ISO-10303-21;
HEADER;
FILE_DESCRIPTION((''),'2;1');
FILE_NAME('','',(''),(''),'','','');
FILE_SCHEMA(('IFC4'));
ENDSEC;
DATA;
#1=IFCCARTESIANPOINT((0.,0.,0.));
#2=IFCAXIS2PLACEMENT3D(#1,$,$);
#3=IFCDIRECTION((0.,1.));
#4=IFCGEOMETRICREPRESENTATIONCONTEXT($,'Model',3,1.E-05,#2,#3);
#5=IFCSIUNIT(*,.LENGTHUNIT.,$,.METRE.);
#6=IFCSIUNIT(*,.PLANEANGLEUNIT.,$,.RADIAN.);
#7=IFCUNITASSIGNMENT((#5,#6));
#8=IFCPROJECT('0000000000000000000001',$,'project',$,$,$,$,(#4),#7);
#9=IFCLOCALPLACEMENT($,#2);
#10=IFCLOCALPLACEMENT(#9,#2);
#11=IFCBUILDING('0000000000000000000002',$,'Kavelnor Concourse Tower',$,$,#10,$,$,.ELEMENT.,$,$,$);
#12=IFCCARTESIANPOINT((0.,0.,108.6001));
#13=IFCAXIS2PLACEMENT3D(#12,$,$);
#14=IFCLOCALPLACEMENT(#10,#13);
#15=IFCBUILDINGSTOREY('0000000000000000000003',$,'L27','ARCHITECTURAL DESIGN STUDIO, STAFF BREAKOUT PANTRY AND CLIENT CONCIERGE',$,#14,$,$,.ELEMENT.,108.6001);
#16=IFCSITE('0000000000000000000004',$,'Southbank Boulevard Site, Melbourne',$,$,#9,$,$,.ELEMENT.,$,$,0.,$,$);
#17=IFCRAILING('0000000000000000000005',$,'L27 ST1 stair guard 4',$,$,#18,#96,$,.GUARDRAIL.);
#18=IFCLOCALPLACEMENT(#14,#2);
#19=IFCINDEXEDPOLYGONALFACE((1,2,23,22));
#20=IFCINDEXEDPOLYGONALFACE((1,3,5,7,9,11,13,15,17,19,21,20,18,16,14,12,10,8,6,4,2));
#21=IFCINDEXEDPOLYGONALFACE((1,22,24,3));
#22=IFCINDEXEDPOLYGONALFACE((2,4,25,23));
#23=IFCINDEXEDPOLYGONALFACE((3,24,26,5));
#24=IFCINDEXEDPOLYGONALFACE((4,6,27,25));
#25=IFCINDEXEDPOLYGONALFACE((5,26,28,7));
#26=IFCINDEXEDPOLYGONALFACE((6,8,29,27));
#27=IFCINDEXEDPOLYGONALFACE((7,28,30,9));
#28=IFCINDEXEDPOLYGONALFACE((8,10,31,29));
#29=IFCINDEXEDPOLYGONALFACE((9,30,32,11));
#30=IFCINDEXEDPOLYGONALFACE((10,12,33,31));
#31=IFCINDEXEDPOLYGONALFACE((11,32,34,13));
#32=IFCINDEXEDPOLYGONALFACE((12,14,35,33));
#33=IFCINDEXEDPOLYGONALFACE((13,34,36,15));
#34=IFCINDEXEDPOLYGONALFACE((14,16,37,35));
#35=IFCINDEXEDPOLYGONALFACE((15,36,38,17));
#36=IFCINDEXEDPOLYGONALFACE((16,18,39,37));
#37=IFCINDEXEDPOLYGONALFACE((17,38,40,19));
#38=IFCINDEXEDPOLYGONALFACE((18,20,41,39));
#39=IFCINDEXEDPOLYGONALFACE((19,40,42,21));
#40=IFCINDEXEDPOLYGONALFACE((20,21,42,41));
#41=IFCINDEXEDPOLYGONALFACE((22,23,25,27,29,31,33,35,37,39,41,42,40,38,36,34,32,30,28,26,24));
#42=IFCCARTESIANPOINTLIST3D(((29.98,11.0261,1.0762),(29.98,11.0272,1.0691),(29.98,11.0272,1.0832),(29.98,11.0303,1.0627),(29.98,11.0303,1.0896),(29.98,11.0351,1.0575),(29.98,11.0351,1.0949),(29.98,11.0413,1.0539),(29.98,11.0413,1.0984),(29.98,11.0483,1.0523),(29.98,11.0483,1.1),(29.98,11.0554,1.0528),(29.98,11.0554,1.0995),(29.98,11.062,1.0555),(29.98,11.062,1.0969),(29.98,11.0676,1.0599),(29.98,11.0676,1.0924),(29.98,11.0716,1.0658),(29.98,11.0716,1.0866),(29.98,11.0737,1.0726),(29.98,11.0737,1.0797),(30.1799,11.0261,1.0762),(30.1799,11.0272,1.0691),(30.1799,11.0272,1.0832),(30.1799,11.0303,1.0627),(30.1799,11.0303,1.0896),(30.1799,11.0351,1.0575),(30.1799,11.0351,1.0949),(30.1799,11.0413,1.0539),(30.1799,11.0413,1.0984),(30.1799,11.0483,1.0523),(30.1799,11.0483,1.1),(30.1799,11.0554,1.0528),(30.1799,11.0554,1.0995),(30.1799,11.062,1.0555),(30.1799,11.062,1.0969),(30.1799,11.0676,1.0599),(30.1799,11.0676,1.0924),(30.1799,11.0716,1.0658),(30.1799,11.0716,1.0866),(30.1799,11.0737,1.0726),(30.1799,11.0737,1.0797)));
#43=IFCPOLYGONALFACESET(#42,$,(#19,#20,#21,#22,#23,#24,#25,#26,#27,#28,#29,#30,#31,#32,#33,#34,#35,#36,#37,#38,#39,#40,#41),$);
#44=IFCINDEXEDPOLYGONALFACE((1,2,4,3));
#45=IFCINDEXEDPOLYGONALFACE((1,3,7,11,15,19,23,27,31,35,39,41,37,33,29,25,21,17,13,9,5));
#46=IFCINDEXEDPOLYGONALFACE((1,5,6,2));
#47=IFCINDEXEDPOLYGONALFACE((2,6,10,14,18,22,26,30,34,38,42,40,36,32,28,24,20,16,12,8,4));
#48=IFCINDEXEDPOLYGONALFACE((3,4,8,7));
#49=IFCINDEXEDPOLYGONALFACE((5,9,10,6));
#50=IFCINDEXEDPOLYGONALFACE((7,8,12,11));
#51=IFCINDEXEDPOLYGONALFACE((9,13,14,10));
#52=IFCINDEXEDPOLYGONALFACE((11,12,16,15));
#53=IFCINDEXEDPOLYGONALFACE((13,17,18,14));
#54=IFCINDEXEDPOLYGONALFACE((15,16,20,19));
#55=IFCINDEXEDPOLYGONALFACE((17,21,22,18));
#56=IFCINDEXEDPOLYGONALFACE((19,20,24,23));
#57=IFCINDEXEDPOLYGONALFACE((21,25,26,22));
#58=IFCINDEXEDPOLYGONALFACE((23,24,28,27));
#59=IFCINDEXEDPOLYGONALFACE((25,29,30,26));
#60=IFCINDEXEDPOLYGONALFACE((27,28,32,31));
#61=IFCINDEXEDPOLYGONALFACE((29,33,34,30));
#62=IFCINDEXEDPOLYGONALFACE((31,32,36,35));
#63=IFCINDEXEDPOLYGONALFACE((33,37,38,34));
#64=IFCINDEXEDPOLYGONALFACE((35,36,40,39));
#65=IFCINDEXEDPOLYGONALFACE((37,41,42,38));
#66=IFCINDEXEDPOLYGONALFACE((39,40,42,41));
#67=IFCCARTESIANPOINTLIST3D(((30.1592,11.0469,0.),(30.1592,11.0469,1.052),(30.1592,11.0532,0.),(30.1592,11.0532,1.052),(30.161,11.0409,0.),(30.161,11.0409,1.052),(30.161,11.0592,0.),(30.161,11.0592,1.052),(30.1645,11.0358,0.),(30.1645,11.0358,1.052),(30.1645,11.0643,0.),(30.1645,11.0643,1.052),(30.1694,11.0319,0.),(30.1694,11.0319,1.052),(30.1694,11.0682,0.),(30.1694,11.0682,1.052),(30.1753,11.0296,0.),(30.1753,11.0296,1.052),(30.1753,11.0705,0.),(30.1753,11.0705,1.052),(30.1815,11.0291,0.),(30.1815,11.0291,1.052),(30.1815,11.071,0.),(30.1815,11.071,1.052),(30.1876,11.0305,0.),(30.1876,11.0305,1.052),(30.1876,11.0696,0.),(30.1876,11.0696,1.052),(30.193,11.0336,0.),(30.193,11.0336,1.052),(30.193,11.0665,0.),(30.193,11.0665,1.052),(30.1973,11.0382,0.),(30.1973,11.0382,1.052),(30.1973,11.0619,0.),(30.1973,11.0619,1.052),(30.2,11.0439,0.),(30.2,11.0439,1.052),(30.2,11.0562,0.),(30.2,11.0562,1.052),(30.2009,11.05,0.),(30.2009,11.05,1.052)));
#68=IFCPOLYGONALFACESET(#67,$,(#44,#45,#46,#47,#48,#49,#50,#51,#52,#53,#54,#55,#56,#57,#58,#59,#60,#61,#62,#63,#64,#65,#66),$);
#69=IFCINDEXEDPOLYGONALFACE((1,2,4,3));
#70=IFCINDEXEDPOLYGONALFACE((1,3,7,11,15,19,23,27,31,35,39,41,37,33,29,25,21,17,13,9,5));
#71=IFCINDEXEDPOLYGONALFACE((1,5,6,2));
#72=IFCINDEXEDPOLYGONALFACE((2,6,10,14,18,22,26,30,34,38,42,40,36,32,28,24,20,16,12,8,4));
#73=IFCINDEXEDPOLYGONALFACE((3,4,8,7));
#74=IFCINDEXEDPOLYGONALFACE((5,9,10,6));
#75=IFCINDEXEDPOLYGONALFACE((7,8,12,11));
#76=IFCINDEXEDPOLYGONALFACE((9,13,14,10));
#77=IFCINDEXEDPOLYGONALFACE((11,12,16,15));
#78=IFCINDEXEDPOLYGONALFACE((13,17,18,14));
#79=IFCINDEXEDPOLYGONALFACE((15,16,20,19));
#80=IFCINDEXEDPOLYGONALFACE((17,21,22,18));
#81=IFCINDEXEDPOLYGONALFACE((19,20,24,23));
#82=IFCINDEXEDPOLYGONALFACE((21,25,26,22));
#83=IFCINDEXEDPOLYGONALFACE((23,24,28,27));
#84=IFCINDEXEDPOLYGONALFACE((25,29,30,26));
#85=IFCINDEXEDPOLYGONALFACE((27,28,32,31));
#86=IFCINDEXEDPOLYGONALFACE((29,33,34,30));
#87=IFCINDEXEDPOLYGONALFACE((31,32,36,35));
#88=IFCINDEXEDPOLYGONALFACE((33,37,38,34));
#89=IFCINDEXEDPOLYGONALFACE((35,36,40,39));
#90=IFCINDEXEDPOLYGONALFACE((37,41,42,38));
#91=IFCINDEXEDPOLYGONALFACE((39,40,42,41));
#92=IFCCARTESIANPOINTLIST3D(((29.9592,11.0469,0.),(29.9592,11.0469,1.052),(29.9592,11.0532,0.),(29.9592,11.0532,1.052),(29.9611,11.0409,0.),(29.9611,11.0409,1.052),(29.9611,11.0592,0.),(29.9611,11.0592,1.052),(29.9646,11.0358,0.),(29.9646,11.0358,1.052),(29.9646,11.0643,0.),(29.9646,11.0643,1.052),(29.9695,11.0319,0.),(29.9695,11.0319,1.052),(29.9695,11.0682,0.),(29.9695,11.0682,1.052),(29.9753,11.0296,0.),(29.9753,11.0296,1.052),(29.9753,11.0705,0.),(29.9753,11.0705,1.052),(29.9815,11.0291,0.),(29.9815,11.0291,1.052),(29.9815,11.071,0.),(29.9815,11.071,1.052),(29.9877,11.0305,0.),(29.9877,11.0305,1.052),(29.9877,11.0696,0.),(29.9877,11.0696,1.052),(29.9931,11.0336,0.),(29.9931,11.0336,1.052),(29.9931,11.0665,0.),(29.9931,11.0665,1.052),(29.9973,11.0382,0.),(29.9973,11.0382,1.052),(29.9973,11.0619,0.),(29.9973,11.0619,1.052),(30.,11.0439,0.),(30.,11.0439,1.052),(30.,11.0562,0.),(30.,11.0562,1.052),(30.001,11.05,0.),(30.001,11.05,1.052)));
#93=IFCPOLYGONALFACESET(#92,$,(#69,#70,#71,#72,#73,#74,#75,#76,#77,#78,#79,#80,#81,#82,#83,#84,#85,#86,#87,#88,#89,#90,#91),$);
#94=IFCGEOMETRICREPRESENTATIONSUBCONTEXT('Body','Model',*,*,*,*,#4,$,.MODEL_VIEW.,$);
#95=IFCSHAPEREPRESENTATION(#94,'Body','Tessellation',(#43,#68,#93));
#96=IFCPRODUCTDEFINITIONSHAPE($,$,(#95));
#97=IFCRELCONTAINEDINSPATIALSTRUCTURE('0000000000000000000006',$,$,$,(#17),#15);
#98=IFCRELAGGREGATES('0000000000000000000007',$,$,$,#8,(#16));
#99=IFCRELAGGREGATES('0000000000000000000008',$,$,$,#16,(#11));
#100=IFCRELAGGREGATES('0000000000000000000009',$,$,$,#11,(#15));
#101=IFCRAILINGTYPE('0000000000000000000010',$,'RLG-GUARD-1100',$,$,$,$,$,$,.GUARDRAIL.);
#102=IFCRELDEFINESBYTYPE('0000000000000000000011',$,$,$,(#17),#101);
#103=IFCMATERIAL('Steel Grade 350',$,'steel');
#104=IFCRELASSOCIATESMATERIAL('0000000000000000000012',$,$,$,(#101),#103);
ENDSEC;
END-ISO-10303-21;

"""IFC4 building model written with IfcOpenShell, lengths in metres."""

from ifc_helpers import new_model, si_unit, direction, frame, origin, origin_2d, place, context, subcontext, project, spatial, circle, extrude, material, type_object, element, save


model = new_model("IFC4")

# Units and contexts
model_context = context("Model", 3, precision=1e-05, world=origin(), true_north=direction((0.0, 1.0)))
body_context = subcontext(model_context, "Body", "Model", "MODEL_VIEW")
ifc_project = project(units=[si_unit("LENGTHUNIT", "METRE"), si_unit("PLANEANGLEUNIT", "RADIAN")], contexts=[model_context])

# Site, building, storey
site_placement = place(None, origin())
site = spatial("IfcSite", under=ifc_project, at=site_placement, Name="Southbank Boulevard Site, Melbourne", CompositionType="ELEMENT", RefElevation=0.0)
building_placement = place(site_placement, origin())
building = spatial("IfcBuilding", under=site, at=building_placement, Name="Kavelnor Concourse Tower", CompositionType="ELEMENT")
storey_placement = place(building_placement, frame((0.0, 0.0, 108.6001)))
storey = spatial("IfcBuildingStorey", under=building, at=storey_placement, Name="L27", Description="ARCHITECTURAL DESIGN STUDIO, STAFF BREAKOUT PANTRY AND CLIENT CONCIERGE", CompositionType="ELEMENT", Elevation=108.6001)

# Shared definitions
ifc_material_1 = material(Name="Steel Grade 350", Category="steel")

# Railing
railing_type_1 = type_object("IfcRailingType", Name="RLG-GUARD-1100", PredefinedType="GUARDRAIL", material=ifc_material_1)
railing_1_placement = place(storey_placement, frame((30.1799, 11.05, 0.0)))
element("IfcRailing", 1, at=railing_1_placement, inside=storey, type_object=railing_type_1, Name="L27 ST1 stair guard 4", PredefinedType="GUARDRAIL", context=body_context, shape_type="SweptSolid", body=[
    extrude(circle(Radius=0.0239, at=origin_2d()), frame((0.0, 0.0, 1.0762), z_axis=(-1.0, 0.0, 0.0), x_axis=(0.0, -1.0, 0.0)), (0.0, 0.0, 1.0), 0.2),
    extrude(circle(Radius=0.021, at=origin_2d()), origin(), (0.0, 0.0, 1.0), 1.052),
    extrude(circle(Radius=0.021, at=origin_2d()), frame((-0.2, 0.0, 0.0)), (0.0, 0.0, 1.0), 1.052),
])

save(model, "model.ifc")
